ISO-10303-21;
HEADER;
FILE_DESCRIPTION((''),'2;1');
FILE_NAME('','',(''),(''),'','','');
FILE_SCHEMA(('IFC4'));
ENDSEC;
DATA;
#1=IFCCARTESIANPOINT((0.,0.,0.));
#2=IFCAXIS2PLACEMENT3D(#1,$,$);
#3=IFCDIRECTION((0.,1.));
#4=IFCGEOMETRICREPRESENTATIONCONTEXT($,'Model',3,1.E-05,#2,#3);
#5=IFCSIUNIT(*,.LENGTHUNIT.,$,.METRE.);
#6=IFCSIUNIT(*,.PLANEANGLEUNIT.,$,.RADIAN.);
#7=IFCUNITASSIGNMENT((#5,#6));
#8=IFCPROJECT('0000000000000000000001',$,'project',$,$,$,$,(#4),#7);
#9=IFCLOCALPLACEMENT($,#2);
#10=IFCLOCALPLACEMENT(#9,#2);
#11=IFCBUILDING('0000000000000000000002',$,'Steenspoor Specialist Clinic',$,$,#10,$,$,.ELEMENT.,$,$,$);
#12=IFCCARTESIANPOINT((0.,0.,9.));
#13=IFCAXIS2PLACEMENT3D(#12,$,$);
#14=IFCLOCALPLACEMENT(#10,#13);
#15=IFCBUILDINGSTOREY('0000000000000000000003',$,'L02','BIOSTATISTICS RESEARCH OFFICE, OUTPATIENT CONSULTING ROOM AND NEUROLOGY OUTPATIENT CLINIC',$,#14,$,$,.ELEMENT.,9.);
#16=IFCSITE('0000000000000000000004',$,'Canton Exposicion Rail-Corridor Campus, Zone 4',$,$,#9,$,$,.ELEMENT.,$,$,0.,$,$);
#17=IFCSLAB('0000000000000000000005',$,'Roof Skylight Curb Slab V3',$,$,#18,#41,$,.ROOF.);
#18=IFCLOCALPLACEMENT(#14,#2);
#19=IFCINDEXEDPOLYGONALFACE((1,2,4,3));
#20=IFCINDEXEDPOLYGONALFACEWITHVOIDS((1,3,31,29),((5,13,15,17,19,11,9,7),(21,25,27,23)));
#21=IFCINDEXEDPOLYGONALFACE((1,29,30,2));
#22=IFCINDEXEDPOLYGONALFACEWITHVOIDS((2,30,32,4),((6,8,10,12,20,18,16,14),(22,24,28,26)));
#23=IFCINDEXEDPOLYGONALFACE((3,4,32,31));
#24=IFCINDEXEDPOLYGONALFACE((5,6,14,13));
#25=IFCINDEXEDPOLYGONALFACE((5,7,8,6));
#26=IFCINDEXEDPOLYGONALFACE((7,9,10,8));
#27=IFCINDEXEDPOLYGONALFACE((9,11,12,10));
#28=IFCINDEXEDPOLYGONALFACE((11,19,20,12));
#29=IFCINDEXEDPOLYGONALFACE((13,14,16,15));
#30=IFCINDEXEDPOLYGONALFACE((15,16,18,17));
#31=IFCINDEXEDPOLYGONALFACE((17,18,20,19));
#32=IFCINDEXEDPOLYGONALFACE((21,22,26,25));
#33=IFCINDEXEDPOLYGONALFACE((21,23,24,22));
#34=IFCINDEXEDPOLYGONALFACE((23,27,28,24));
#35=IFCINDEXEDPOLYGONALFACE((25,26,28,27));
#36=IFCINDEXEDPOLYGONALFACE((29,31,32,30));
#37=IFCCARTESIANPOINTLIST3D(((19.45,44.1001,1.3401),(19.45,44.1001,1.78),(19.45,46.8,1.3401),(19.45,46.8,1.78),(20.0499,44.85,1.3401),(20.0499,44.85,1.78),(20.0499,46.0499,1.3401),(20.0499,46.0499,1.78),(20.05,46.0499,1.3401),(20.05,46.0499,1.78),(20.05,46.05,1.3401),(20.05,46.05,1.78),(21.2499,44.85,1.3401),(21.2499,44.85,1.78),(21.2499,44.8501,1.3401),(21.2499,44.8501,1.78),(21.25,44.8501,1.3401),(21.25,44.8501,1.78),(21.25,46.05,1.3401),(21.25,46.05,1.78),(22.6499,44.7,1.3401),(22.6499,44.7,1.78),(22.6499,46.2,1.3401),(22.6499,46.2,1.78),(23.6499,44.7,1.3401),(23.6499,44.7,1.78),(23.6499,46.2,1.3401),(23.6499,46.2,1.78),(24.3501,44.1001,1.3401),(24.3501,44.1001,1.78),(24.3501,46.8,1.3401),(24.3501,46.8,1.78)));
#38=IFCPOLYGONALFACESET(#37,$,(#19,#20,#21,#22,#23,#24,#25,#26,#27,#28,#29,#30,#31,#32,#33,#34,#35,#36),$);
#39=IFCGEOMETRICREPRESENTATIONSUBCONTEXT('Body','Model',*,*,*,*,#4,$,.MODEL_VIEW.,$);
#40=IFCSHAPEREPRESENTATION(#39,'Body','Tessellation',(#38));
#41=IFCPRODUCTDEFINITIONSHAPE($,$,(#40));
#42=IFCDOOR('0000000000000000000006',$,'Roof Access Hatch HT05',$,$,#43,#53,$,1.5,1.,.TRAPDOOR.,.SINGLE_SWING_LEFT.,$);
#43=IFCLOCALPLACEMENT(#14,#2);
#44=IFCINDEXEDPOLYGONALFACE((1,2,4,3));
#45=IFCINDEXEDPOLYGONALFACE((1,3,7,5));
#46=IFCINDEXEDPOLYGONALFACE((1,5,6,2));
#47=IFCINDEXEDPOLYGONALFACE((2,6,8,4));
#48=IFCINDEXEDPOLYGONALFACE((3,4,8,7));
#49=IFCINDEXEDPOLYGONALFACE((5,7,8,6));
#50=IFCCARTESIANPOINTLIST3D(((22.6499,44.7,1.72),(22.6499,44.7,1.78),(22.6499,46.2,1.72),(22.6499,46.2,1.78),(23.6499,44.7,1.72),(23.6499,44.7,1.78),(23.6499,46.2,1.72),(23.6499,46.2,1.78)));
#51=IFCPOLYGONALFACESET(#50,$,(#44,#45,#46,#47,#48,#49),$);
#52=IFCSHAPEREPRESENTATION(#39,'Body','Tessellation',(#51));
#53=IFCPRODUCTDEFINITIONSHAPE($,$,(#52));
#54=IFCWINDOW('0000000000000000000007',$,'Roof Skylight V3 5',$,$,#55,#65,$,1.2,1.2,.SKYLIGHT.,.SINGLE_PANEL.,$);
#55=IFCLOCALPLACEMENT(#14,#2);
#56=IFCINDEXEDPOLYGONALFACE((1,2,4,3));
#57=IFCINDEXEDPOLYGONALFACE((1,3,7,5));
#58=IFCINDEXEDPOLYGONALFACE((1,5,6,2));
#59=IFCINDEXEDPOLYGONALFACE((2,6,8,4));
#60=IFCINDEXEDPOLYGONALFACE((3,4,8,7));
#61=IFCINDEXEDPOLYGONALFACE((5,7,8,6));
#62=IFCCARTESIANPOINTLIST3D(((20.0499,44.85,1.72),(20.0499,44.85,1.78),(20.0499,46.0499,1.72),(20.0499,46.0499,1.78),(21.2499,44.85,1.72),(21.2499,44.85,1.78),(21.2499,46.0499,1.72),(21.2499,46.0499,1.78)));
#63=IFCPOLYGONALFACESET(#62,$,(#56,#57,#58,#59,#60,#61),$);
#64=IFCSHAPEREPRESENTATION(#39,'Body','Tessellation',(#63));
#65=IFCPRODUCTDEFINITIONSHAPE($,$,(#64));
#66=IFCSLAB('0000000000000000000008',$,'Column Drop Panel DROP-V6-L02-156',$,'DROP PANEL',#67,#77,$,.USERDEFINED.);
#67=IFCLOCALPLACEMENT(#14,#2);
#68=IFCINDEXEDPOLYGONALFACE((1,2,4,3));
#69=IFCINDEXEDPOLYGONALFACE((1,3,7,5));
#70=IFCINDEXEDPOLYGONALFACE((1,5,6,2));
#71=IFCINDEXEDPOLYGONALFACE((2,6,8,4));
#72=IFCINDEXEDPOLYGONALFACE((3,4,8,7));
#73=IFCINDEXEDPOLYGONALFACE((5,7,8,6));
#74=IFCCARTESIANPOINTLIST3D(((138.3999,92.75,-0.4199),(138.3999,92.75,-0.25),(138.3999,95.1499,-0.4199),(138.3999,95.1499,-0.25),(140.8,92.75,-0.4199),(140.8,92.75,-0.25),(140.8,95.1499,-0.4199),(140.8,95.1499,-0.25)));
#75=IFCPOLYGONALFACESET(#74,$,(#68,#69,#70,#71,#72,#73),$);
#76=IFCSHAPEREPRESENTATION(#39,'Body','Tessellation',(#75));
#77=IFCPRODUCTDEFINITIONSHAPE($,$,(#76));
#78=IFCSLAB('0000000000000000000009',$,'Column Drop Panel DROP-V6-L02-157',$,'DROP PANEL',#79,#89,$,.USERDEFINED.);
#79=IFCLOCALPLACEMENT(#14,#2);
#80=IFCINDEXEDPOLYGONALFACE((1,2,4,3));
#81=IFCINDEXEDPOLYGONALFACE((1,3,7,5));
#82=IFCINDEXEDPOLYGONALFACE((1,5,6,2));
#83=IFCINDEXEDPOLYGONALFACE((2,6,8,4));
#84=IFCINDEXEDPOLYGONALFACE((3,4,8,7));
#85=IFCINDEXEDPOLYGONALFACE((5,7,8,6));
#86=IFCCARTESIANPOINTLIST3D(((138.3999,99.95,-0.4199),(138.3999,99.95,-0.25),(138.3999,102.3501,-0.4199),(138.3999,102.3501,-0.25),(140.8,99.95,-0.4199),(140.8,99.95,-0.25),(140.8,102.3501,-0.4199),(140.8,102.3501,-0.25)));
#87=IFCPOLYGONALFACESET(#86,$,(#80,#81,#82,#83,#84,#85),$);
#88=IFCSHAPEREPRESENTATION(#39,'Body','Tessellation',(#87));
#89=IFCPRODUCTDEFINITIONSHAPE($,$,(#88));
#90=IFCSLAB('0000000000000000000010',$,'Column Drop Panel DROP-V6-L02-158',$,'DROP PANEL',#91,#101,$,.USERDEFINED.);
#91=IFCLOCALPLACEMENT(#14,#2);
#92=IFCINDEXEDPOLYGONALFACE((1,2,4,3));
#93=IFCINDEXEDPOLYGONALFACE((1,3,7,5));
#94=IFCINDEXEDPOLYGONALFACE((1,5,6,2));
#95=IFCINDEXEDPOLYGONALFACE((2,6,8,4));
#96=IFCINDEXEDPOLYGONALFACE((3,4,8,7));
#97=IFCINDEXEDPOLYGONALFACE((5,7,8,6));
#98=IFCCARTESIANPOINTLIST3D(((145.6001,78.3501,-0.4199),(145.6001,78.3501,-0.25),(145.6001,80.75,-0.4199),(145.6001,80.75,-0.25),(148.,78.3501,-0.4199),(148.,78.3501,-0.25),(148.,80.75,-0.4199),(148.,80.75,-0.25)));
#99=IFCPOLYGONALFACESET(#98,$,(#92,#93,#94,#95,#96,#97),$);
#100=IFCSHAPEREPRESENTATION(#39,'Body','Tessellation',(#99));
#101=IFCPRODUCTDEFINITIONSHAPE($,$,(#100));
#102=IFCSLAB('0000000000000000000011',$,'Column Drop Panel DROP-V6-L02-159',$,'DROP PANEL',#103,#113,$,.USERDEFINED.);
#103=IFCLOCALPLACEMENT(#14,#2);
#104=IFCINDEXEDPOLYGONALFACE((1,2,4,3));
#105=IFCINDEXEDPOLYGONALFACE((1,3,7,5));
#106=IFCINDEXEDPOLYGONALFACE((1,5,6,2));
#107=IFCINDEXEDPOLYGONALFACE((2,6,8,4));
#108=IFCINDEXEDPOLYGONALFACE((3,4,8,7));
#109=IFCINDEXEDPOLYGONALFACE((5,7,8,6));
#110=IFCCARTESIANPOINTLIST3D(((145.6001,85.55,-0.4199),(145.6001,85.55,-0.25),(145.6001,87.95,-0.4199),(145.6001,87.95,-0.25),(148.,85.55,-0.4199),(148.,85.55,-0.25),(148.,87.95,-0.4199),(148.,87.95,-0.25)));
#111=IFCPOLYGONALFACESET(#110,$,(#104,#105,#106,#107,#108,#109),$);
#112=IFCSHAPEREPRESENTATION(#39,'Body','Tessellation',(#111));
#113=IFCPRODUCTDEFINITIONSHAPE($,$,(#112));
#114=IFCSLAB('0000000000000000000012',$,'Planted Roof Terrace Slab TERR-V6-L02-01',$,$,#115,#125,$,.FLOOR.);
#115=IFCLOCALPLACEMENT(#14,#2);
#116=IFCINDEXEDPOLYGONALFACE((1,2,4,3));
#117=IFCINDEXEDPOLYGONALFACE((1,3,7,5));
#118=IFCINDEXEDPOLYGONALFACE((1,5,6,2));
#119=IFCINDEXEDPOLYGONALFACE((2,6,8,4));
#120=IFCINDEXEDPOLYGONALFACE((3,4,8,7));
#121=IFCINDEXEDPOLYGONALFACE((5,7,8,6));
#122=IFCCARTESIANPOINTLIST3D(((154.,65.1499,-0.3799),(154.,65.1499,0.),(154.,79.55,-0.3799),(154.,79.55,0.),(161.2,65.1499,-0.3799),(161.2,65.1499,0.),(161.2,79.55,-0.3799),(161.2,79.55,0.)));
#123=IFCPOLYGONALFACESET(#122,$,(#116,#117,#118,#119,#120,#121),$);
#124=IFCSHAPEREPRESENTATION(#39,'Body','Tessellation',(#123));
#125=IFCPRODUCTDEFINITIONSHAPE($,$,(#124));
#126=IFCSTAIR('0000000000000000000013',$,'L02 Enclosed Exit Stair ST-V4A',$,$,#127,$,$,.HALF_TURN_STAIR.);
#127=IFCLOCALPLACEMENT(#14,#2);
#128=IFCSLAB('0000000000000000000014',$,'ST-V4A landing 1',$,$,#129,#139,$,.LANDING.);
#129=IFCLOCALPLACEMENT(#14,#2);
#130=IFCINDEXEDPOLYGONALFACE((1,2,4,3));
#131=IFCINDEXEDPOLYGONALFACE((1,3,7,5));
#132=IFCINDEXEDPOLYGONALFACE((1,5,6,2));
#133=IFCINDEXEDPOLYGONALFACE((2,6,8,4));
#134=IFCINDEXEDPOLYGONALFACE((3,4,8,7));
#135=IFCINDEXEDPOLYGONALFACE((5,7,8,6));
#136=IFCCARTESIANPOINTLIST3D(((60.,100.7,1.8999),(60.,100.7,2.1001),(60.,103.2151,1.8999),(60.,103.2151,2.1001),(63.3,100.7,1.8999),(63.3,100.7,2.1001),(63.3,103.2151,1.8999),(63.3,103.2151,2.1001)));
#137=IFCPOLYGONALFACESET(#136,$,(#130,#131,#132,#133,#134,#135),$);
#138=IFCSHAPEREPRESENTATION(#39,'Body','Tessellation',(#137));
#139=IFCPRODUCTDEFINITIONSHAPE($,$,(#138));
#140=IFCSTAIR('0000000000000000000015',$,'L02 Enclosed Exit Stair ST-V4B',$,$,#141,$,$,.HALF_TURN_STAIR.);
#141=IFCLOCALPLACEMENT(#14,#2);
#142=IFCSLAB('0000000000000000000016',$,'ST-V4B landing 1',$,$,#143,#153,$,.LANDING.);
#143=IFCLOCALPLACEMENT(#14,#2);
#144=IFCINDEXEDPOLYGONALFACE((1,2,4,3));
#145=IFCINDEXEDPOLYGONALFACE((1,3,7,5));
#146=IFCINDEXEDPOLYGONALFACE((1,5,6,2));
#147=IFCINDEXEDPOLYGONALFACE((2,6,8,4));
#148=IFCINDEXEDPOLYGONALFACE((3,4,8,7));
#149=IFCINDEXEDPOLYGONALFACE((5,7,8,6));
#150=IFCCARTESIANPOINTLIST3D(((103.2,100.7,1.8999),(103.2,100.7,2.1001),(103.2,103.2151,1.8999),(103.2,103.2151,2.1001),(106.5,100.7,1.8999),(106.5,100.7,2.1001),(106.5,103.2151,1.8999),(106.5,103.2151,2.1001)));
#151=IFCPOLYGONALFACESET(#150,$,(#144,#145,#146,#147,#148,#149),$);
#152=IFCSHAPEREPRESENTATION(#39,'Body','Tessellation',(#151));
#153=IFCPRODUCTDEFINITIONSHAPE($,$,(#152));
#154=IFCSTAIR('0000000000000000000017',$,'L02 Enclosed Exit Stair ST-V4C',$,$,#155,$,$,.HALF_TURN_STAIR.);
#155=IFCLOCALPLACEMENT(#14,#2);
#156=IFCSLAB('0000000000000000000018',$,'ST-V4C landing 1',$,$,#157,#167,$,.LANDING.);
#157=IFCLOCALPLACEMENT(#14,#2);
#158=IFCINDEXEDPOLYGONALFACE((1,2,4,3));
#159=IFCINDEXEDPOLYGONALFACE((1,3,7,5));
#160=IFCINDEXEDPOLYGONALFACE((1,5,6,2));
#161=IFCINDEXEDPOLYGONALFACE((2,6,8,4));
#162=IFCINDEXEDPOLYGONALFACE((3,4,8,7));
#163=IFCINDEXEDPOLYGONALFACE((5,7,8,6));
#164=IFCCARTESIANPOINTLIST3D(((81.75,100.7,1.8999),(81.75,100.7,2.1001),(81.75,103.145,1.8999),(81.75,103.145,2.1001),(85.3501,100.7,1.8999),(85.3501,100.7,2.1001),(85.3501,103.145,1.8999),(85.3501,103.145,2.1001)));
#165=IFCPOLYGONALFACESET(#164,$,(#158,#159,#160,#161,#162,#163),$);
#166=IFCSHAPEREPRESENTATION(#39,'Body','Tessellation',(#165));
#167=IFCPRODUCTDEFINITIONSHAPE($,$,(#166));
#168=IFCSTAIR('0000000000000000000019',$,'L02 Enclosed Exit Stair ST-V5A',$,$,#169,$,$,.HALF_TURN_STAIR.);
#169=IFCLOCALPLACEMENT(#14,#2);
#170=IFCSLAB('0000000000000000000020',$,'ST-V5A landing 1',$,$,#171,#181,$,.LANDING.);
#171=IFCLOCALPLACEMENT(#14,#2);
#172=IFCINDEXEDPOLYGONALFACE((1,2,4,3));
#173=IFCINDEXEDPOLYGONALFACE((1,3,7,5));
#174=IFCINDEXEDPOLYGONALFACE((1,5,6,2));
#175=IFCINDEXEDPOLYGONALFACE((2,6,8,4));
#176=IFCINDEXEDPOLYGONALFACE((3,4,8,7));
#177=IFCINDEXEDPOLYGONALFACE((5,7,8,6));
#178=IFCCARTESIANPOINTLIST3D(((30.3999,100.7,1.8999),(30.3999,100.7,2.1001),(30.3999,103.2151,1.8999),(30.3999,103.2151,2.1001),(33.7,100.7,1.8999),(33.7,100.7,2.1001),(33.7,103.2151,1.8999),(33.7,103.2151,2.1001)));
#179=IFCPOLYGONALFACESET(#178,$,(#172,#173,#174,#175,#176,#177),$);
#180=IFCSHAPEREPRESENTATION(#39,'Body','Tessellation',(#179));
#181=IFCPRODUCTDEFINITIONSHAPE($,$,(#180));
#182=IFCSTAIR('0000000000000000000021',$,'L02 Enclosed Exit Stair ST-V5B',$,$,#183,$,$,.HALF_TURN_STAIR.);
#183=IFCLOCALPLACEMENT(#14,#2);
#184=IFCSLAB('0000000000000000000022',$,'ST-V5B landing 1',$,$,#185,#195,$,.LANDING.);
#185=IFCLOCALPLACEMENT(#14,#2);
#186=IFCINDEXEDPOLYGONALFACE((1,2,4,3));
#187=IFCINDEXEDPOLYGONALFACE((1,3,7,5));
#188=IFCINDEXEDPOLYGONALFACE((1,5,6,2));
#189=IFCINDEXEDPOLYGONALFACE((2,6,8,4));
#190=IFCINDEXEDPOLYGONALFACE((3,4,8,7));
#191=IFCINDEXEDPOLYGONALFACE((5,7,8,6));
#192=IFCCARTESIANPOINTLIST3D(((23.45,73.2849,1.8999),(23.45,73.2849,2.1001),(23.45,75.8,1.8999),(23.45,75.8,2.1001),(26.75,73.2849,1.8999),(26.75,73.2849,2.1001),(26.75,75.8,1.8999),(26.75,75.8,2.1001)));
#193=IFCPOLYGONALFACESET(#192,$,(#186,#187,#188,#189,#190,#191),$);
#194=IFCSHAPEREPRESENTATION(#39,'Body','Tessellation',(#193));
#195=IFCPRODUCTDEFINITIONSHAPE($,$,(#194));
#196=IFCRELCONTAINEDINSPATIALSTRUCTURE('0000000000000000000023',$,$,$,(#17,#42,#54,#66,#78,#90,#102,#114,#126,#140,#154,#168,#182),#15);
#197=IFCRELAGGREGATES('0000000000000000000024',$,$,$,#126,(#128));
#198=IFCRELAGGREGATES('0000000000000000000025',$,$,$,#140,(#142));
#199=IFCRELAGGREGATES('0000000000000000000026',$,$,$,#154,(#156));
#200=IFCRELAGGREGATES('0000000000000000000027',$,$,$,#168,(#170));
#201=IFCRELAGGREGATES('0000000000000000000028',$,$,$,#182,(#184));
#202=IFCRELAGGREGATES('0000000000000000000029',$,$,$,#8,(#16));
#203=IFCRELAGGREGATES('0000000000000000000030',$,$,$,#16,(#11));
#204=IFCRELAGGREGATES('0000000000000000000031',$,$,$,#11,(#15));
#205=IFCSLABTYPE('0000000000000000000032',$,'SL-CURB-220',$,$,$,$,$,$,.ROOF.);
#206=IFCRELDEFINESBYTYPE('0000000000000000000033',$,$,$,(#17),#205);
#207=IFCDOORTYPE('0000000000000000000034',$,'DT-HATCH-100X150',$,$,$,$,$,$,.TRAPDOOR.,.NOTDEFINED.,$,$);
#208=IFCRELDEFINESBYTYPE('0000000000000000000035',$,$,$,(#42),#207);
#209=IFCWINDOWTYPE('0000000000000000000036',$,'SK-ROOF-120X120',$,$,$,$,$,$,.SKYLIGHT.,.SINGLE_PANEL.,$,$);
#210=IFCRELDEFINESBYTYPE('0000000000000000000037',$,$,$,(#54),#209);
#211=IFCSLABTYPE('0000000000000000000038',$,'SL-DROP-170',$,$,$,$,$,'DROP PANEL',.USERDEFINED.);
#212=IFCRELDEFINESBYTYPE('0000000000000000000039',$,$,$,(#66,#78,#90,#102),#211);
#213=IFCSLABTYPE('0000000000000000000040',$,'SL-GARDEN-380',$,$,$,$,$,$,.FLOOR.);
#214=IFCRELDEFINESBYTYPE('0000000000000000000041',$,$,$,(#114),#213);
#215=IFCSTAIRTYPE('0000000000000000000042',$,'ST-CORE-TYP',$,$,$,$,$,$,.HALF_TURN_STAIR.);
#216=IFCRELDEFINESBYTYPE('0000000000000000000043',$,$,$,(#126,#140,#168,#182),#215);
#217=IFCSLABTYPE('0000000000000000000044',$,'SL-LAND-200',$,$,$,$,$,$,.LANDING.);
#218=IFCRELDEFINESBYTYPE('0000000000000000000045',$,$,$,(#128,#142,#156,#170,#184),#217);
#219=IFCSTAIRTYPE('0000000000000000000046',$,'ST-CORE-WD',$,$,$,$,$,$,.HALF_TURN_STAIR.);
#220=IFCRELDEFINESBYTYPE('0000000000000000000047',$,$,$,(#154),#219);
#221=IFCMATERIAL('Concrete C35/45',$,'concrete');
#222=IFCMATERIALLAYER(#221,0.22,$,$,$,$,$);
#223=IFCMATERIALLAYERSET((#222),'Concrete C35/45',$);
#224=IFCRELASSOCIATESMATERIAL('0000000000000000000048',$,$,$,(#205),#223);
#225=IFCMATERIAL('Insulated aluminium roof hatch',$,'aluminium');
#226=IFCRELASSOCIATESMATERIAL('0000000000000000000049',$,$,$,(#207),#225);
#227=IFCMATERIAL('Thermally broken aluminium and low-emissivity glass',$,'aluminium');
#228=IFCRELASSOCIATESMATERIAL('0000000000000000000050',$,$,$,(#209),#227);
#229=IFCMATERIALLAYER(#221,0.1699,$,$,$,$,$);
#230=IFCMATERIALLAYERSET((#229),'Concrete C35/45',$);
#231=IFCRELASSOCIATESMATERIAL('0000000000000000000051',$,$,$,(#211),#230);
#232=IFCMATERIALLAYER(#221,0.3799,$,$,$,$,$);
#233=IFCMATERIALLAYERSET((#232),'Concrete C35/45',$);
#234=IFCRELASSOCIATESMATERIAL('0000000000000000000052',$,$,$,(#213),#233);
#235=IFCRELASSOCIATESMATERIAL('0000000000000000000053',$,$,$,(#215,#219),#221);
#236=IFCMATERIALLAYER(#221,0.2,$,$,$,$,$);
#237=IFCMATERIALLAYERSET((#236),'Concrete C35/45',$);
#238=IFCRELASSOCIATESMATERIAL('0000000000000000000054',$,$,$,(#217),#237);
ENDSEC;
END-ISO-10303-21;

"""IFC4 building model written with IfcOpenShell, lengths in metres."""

from ifc_helpers import new_model, si_unit, direction, frame, origin, origin_2d, place, context, subcontext, project, spatial, polyline, rectangle, outline, extrude, material, layer, layer_set, type_object, element, fill, aggregate, save


model = new_model("IFC4")

# Units and contexts
model_context = context("Model", 3, precision=1e-05, world=origin(), true_north=direction((0.0, 1.0)))
body_context = subcontext(model_context, "Body", "Model", "MODEL_VIEW")
ifc_project = project(units=[si_unit("LENGTHUNIT", "METRE"), si_unit("PLANEANGLEUNIT", "RADIAN")], contexts=[model_context])

# Site, building, storey
site_placement = place(None, origin())
site = spatial("IfcSite", under=ifc_project, at=site_placement, Name="Canton Exposicion Rail-Corridor Campus, Zone 4", CompositionType="ELEMENT", RefElevation=0.0)
building_placement = place(site_placement, origin())
building = spatial("IfcBuilding", under=site, at=building_placement, Name="Steenspoor Specialist Clinic", CompositionType="ELEMENT")
storey_placement = place(building_placement, frame((0.0, 0.0, 9.0)))
storey = spatial("IfcBuildingStorey", under=building, at=storey_placement, Name="L02", Description="BIOSTATISTICS RESEARCH OFFICE, OUTPATIENT CONSULTING ROOM AND NEUROLOGY OUTPATIENT CLINIC", CompositionType="ELEMENT", Elevation=9.0)

# Slab, openings, door, window
ifc_material_1 = material(Name="Concrete C35/45", Category="concrete")
ifc_layer_1 = layer(ifc_material_1, 0.22)
ifc_layer_set_1 = layer_set([ifc_layer_1], Name="Concrete C35/45")
slab_type_1 = type_object("IfcSlabType", Name="SL-CURB-220", PredefinedType="ROOF", material=ifc_layer_set_1)
slab_1_placement = place(storey_placement, frame((0.0, 0.0, 1.3401)))
slab_1 = element("IfcSlab", 1, at=slab_1_placement, inside=storey, type_object=slab_type_1, Name="Roof Skylight Curb Slab V3", PredefinedType="ROOF", context=body_context, shape_type="SweptSolid", body=[
    extrude(outline(polyline([(19.45, 44.1001), (19.45, 46.8), (24.3501, 46.8), (24.3501, 44.1001), (19.45, 44.1001)]), holes=[polyline([(21.25, 44.8501), (21.25, 46.05), (20.05, 46.05), (20.05, 44.8501), (21.25, 44.8501)]), polyline([(23.6499, 44.7), (23.6499, 46.2), (22.6499, 46.2), (22.6499, 44.7), (23.6499, 44.7)])]), origin(), (0.0, 0.0, 1.0), 0.4399),
])
opening_1_placement = place(slab_1_placement, frame((20.6499, 45.45, -0.01)))
opening_1 = element("IfcOpeningElement", 2, at=opening_1_placement, cuts=slab_1, PredefinedType="OPENING", context=body_context, shape_type="SweptSolid", body=[
    extrude(rectangle(XDim=1.2, YDim=1.2, at=origin_2d()), origin(), (0.0, 0.0, 1.0), 0.46),
])
opening_2_placement = place(slab_1_placement, frame((23.1499, 45.45, -0.01)))
opening_2 = element("IfcOpeningElement", 3, at=opening_2_placement, cuts=slab_1, PredefinedType="OPENING", context=body_context, shape_type="SweptSolid", body=[
    extrude(rectangle(XDim=1.0, YDim=1.5, at=origin_2d()), origin(), (0.0, 0.0, 1.0), 0.46),
])
ifc_material_2 = material(Name="Insulated aluminium roof hatch", Category="aluminium")
door_type = type_object("IfcDoorType", Name="DT-HATCH-100X150", OperationType="NOTDEFINED", PredefinedType="TRAPDOOR", material=ifc_material_2)
door_placement = place(slab_1_placement, frame((23.1499, 45.45, 0.3799)))
door = element("IfcDoor", 4, at=door_placement, inside=storey, type_object=door_type, Name="Roof Access Hatch HT05", OperationType="SINGLE_SWING_LEFT", OverallHeight=1.5, OverallWidth=1.0, PredefinedType="TRAPDOOR", context=body_context, shape_type="SweptSolid", body=[
    extrude(rectangle(XDim=1.0, YDim=1.5, at=origin_2d()), origin(), (0.0, 0.0, 1.0), 0.0601),
])
fill(opening_2, door)
ifc_material_3 = material(Name="Thermally broken aluminium and low-emissivity glass", Category="aluminium")
window_type = type_object("IfcWindowType", Name="SK-ROOF-120X120", PartitioningType="SINGLE_PANEL", PredefinedType="SKYLIGHT", material=ifc_material_3)
window_placement = place(slab_1_placement, frame((20.6499, 45.45, 0.3799)))
window = element("IfcWindow", 5, at=window_placement, inside=storey, type_object=window_type, Name="Roof Skylight V3 5", OverallHeight=1.2, OverallWidth=1.2, PartitioningType="SINGLE_PANEL", PredefinedType="SKYLIGHT", context=body_context, shape_type="SweptSolid", body=[
    extrude(rectangle(XDim=1.2, YDim=1.2, at=origin_2d()), origin(), (0.0, 0.0, 1.0), 0.0601),
])
fill(opening_1, window)

# Slabs
ifc_layer_2 = layer(ifc_material_1, 0.1699)
ifc_layer_set_2 = layer_set([ifc_layer_2], Name="Concrete C35/45")
slab_type_2 = type_object("IfcSlabType", Name="SL-DROP-170", ElementType="DROP PANEL", PredefinedType="USERDEFINED", material=ifc_layer_set_2)
slab_2_placement = place(storey_placement, frame((0.0, 0.0, -0.4199)))
element("IfcSlab", 6, at=slab_2_placement, inside=storey, type_object=slab_type_2, Name="Column Drop Panel DROP-V6-L02-156", ObjectType="DROP PANEL", PredefinedType="USERDEFINED", context=body_context, shape_type="SweptSolid", body=[
    extrude(outline(polyline([(140.8, 92.75), (140.8, 95.1499), (138.3999, 95.1499), (138.3999, 92.75), (140.8, 92.75)])), origin(), (0.0, 0.0, 1.0), 0.1699),
])
slab_3_placement = place(storey_placement, frame((0.0, 0.0, -0.4199)))
element("IfcSlab", 7, at=slab_3_placement, inside=storey, type_object=slab_type_2, Name="Column Drop Panel DROP-V6-L02-157", ObjectType="DROP PANEL", PredefinedType="USERDEFINED", context=body_context, shape_type="SweptSolid", body=[
    extrude(outline(polyline([(140.8, 99.95), (140.8, 102.3501), (138.3999, 102.3501), (138.3999, 99.95), (140.8, 99.95)])), origin(), (0.0, 0.0, 1.0), 0.1699),
])
slab_4_placement = place(storey_placement, frame((0.0, 0.0, -0.4199)))
element("IfcSlab", 8, at=slab_4_placement, inside=storey, type_object=slab_type_2, Name="Column Drop Panel DROP-V6-L02-158", ObjectType="DROP PANEL", PredefinedType="USERDEFINED", context=body_context, shape_type="SweptSolid", body=[
    extrude(outline(polyline([(148.0, 78.3501), (148.0, 80.75), (145.6001, 80.75), (145.6001, 78.3501), (148.0, 78.3501)])), origin(), (0.0, 0.0, 1.0), 0.1699),
])
slab_5_placement = place(storey_placement, frame((0.0, 0.0, -0.4199)))
element("IfcSlab", 9, at=slab_5_placement, inside=storey, type_object=slab_type_2, Name="Column Drop Panel DROP-V6-L02-159", ObjectType="DROP PANEL", PredefinedType="USERDEFINED", context=body_context, shape_type="SweptSolid", body=[
    extrude(outline(polyline([(148.0, 85.55), (148.0, 87.95), (145.6001, 87.95), (145.6001, 85.55), (148.0, 85.55)])), origin(), (0.0, 0.0, 1.0), 0.1699),
])
ifc_layer_3 = layer(ifc_material_1, 0.3799)
ifc_layer_set_3 = layer_set([ifc_layer_3], Name="Concrete C35/45")
slab_type_3 = type_object("IfcSlabType", Name="SL-GARDEN-380", PredefinedType="FLOOR", material=ifc_layer_set_3)
slab_6_placement = place(storey_placement, frame((0.0, 0.0, -0.3799)))
element("IfcSlab", 10, at=slab_6_placement, inside=storey, type_object=slab_type_3, Name="Planted Roof Terrace Slab TERR-V6-L02-01", PredefinedType="FLOOR", context=body_context, shape_type="SweptSolid", body=[
    extrude(outline(polyline([(161.2, 65.1499), (161.2, 79.55), (154.0, 79.55), (154.0, 65.1499), (161.2, 65.1499)])), origin(), (0.0, 0.0, 1.0), 0.3799),
])

# Stairs, slabs
stair_type_1 = type_object("IfcStairType", Name="ST-CORE-TYP", PredefinedType="HALF_TURN_STAIR", material=ifc_material_1)
stair_1_placement = place(storey_placement, origin())
stair_1 = element("IfcStair", 11, at=stair_1_placement, inside=storey, type_object=stair_type_1, Name="L02 Enclosed Exit Stair ST-V4A", PredefinedType="HALF_TURN_STAIR")
ifc_layer_4 = layer(ifc_material_1, 0.2)
ifc_layer_set_4 = layer_set([ifc_layer_4], Name="Concrete C35/45")
slab_type_4 = type_object("IfcSlabType", Name="SL-LAND-200", PredefinedType="LANDING", material=ifc_layer_set_4)
slab_7_placement = place(storey_placement, frame((0.0, 0.0, 1.8999)))
slab_7 = element("IfcSlab", 12, at=slab_7_placement, type_object=slab_type_4, Name="ST-V4A landing 1", PredefinedType="LANDING", context=body_context, shape_type="SweptSolid", body=[
    extrude(outline(polyline([(60.0, 103.2151), (60.0, 100.7), (63.3, 100.7), (63.3, 103.2151), (60.0, 103.2151)])), origin(), (0.0, 0.0, 1.0), 0.2002),
])
aggregate(stair_1, [slab_7])
stair_2_placement = place(storey_placement, origin())
stair_2 = element("IfcStair", 13, at=stair_2_placement, inside=storey, type_object=stair_type_1, Name="L02 Enclosed Exit Stair ST-V4B", PredefinedType="HALF_TURN_STAIR")
slab_8_placement = place(storey_placement, frame((0.0, 0.0, 1.8999)))
slab_8 = element("IfcSlab", 14, at=slab_8_placement, type_object=slab_type_4, Name="ST-V4B landing 1", PredefinedType="LANDING", context=body_context, shape_type="SweptSolid", body=[
    extrude(outline(polyline([(103.2, 103.2151), (103.2, 100.7), (106.5, 100.7), (106.5, 103.2151), (103.2, 103.2151)])), origin(), (0.0, 0.0, 1.0), 0.2002),
])
aggregate(stair_2, [slab_8])
stair_type_2 = type_object("IfcStairType", Name="ST-CORE-WD", PredefinedType="HALF_TURN_STAIR", material=ifc_material_1)
stair_3_placement = place(storey_placement, origin())
stair_3 = element("IfcStair", 15, at=stair_3_placement, inside=storey, type_object=stair_type_2, Name="L02 Enclosed Exit Stair ST-V4C", PredefinedType="HALF_TURN_STAIR")
slab_9_placement = place(storey_placement, frame((0.0, 0.0, 1.8999)))
slab_9 = element("IfcSlab", 16, at=slab_9_placement, type_object=slab_type_4, Name="ST-V4C landing 1", PredefinedType="LANDING", context=body_context, shape_type="SweptSolid", body=[
    extrude(outline(polyline([(81.75, 103.145), (81.75, 100.7), (85.3501, 100.7), (85.3501, 103.145), (81.75, 103.145)])), origin(), (0.0, 0.0, 1.0), 0.2002),
])
aggregate(stair_3, [slab_9])
stair_4_placement = place(storey_placement, origin())
stair_4 = element("IfcStair", 17, at=stair_4_placement, inside=storey, type_object=stair_type_1, Name="L02 Enclosed Exit Stair ST-V5A", PredefinedType="HALF_TURN_STAIR")
slab_10_placement = place(storey_placement, frame((0.0, 0.0, 1.8999)))
slab_10 = element("IfcSlab", 18, at=slab_10_placement, type_object=slab_type_4, Name="ST-V5A landing 1", PredefinedType="LANDING", context=body_context, shape_type="SweptSolid", body=[
    extrude(outline(polyline([(30.3999, 103.2151), (30.3999, 100.7), (33.7, 100.7), (33.7, 103.2151), (30.3999, 103.2151)])), origin(), (0.0, 0.0, 1.0), 0.2002),
])
aggregate(stair_4, [slab_10])
stair_5_placement = place(storey_placement, origin())
stair_5 = element("IfcStair", 19, at=stair_5_placement, inside=storey, type_object=stair_type_1, Name="L02 Enclosed Exit Stair ST-V5B", PredefinedType="HALF_TURN_STAIR")
slab_11_placement = place(storey_placement, frame((0.0, 0.0, 1.8999)))
slab_11 = element("IfcSlab", 20, at=slab_11_placement, type_object=slab_type_4, Name="ST-V5B landing 1", PredefinedType="LANDING", context=body_context, shape_type="SweptSolid", body=[
    extrude(outline(polyline([(26.75, 73.2849), (26.75, 75.8), (23.45, 75.8), (23.45, 73.2849), (26.75, 73.2849)])), origin(), (0.0, 0.0, 1.0), 0.2002),
])
aggregate(stair_5, [slab_11])

save(model, "model.ifc")
